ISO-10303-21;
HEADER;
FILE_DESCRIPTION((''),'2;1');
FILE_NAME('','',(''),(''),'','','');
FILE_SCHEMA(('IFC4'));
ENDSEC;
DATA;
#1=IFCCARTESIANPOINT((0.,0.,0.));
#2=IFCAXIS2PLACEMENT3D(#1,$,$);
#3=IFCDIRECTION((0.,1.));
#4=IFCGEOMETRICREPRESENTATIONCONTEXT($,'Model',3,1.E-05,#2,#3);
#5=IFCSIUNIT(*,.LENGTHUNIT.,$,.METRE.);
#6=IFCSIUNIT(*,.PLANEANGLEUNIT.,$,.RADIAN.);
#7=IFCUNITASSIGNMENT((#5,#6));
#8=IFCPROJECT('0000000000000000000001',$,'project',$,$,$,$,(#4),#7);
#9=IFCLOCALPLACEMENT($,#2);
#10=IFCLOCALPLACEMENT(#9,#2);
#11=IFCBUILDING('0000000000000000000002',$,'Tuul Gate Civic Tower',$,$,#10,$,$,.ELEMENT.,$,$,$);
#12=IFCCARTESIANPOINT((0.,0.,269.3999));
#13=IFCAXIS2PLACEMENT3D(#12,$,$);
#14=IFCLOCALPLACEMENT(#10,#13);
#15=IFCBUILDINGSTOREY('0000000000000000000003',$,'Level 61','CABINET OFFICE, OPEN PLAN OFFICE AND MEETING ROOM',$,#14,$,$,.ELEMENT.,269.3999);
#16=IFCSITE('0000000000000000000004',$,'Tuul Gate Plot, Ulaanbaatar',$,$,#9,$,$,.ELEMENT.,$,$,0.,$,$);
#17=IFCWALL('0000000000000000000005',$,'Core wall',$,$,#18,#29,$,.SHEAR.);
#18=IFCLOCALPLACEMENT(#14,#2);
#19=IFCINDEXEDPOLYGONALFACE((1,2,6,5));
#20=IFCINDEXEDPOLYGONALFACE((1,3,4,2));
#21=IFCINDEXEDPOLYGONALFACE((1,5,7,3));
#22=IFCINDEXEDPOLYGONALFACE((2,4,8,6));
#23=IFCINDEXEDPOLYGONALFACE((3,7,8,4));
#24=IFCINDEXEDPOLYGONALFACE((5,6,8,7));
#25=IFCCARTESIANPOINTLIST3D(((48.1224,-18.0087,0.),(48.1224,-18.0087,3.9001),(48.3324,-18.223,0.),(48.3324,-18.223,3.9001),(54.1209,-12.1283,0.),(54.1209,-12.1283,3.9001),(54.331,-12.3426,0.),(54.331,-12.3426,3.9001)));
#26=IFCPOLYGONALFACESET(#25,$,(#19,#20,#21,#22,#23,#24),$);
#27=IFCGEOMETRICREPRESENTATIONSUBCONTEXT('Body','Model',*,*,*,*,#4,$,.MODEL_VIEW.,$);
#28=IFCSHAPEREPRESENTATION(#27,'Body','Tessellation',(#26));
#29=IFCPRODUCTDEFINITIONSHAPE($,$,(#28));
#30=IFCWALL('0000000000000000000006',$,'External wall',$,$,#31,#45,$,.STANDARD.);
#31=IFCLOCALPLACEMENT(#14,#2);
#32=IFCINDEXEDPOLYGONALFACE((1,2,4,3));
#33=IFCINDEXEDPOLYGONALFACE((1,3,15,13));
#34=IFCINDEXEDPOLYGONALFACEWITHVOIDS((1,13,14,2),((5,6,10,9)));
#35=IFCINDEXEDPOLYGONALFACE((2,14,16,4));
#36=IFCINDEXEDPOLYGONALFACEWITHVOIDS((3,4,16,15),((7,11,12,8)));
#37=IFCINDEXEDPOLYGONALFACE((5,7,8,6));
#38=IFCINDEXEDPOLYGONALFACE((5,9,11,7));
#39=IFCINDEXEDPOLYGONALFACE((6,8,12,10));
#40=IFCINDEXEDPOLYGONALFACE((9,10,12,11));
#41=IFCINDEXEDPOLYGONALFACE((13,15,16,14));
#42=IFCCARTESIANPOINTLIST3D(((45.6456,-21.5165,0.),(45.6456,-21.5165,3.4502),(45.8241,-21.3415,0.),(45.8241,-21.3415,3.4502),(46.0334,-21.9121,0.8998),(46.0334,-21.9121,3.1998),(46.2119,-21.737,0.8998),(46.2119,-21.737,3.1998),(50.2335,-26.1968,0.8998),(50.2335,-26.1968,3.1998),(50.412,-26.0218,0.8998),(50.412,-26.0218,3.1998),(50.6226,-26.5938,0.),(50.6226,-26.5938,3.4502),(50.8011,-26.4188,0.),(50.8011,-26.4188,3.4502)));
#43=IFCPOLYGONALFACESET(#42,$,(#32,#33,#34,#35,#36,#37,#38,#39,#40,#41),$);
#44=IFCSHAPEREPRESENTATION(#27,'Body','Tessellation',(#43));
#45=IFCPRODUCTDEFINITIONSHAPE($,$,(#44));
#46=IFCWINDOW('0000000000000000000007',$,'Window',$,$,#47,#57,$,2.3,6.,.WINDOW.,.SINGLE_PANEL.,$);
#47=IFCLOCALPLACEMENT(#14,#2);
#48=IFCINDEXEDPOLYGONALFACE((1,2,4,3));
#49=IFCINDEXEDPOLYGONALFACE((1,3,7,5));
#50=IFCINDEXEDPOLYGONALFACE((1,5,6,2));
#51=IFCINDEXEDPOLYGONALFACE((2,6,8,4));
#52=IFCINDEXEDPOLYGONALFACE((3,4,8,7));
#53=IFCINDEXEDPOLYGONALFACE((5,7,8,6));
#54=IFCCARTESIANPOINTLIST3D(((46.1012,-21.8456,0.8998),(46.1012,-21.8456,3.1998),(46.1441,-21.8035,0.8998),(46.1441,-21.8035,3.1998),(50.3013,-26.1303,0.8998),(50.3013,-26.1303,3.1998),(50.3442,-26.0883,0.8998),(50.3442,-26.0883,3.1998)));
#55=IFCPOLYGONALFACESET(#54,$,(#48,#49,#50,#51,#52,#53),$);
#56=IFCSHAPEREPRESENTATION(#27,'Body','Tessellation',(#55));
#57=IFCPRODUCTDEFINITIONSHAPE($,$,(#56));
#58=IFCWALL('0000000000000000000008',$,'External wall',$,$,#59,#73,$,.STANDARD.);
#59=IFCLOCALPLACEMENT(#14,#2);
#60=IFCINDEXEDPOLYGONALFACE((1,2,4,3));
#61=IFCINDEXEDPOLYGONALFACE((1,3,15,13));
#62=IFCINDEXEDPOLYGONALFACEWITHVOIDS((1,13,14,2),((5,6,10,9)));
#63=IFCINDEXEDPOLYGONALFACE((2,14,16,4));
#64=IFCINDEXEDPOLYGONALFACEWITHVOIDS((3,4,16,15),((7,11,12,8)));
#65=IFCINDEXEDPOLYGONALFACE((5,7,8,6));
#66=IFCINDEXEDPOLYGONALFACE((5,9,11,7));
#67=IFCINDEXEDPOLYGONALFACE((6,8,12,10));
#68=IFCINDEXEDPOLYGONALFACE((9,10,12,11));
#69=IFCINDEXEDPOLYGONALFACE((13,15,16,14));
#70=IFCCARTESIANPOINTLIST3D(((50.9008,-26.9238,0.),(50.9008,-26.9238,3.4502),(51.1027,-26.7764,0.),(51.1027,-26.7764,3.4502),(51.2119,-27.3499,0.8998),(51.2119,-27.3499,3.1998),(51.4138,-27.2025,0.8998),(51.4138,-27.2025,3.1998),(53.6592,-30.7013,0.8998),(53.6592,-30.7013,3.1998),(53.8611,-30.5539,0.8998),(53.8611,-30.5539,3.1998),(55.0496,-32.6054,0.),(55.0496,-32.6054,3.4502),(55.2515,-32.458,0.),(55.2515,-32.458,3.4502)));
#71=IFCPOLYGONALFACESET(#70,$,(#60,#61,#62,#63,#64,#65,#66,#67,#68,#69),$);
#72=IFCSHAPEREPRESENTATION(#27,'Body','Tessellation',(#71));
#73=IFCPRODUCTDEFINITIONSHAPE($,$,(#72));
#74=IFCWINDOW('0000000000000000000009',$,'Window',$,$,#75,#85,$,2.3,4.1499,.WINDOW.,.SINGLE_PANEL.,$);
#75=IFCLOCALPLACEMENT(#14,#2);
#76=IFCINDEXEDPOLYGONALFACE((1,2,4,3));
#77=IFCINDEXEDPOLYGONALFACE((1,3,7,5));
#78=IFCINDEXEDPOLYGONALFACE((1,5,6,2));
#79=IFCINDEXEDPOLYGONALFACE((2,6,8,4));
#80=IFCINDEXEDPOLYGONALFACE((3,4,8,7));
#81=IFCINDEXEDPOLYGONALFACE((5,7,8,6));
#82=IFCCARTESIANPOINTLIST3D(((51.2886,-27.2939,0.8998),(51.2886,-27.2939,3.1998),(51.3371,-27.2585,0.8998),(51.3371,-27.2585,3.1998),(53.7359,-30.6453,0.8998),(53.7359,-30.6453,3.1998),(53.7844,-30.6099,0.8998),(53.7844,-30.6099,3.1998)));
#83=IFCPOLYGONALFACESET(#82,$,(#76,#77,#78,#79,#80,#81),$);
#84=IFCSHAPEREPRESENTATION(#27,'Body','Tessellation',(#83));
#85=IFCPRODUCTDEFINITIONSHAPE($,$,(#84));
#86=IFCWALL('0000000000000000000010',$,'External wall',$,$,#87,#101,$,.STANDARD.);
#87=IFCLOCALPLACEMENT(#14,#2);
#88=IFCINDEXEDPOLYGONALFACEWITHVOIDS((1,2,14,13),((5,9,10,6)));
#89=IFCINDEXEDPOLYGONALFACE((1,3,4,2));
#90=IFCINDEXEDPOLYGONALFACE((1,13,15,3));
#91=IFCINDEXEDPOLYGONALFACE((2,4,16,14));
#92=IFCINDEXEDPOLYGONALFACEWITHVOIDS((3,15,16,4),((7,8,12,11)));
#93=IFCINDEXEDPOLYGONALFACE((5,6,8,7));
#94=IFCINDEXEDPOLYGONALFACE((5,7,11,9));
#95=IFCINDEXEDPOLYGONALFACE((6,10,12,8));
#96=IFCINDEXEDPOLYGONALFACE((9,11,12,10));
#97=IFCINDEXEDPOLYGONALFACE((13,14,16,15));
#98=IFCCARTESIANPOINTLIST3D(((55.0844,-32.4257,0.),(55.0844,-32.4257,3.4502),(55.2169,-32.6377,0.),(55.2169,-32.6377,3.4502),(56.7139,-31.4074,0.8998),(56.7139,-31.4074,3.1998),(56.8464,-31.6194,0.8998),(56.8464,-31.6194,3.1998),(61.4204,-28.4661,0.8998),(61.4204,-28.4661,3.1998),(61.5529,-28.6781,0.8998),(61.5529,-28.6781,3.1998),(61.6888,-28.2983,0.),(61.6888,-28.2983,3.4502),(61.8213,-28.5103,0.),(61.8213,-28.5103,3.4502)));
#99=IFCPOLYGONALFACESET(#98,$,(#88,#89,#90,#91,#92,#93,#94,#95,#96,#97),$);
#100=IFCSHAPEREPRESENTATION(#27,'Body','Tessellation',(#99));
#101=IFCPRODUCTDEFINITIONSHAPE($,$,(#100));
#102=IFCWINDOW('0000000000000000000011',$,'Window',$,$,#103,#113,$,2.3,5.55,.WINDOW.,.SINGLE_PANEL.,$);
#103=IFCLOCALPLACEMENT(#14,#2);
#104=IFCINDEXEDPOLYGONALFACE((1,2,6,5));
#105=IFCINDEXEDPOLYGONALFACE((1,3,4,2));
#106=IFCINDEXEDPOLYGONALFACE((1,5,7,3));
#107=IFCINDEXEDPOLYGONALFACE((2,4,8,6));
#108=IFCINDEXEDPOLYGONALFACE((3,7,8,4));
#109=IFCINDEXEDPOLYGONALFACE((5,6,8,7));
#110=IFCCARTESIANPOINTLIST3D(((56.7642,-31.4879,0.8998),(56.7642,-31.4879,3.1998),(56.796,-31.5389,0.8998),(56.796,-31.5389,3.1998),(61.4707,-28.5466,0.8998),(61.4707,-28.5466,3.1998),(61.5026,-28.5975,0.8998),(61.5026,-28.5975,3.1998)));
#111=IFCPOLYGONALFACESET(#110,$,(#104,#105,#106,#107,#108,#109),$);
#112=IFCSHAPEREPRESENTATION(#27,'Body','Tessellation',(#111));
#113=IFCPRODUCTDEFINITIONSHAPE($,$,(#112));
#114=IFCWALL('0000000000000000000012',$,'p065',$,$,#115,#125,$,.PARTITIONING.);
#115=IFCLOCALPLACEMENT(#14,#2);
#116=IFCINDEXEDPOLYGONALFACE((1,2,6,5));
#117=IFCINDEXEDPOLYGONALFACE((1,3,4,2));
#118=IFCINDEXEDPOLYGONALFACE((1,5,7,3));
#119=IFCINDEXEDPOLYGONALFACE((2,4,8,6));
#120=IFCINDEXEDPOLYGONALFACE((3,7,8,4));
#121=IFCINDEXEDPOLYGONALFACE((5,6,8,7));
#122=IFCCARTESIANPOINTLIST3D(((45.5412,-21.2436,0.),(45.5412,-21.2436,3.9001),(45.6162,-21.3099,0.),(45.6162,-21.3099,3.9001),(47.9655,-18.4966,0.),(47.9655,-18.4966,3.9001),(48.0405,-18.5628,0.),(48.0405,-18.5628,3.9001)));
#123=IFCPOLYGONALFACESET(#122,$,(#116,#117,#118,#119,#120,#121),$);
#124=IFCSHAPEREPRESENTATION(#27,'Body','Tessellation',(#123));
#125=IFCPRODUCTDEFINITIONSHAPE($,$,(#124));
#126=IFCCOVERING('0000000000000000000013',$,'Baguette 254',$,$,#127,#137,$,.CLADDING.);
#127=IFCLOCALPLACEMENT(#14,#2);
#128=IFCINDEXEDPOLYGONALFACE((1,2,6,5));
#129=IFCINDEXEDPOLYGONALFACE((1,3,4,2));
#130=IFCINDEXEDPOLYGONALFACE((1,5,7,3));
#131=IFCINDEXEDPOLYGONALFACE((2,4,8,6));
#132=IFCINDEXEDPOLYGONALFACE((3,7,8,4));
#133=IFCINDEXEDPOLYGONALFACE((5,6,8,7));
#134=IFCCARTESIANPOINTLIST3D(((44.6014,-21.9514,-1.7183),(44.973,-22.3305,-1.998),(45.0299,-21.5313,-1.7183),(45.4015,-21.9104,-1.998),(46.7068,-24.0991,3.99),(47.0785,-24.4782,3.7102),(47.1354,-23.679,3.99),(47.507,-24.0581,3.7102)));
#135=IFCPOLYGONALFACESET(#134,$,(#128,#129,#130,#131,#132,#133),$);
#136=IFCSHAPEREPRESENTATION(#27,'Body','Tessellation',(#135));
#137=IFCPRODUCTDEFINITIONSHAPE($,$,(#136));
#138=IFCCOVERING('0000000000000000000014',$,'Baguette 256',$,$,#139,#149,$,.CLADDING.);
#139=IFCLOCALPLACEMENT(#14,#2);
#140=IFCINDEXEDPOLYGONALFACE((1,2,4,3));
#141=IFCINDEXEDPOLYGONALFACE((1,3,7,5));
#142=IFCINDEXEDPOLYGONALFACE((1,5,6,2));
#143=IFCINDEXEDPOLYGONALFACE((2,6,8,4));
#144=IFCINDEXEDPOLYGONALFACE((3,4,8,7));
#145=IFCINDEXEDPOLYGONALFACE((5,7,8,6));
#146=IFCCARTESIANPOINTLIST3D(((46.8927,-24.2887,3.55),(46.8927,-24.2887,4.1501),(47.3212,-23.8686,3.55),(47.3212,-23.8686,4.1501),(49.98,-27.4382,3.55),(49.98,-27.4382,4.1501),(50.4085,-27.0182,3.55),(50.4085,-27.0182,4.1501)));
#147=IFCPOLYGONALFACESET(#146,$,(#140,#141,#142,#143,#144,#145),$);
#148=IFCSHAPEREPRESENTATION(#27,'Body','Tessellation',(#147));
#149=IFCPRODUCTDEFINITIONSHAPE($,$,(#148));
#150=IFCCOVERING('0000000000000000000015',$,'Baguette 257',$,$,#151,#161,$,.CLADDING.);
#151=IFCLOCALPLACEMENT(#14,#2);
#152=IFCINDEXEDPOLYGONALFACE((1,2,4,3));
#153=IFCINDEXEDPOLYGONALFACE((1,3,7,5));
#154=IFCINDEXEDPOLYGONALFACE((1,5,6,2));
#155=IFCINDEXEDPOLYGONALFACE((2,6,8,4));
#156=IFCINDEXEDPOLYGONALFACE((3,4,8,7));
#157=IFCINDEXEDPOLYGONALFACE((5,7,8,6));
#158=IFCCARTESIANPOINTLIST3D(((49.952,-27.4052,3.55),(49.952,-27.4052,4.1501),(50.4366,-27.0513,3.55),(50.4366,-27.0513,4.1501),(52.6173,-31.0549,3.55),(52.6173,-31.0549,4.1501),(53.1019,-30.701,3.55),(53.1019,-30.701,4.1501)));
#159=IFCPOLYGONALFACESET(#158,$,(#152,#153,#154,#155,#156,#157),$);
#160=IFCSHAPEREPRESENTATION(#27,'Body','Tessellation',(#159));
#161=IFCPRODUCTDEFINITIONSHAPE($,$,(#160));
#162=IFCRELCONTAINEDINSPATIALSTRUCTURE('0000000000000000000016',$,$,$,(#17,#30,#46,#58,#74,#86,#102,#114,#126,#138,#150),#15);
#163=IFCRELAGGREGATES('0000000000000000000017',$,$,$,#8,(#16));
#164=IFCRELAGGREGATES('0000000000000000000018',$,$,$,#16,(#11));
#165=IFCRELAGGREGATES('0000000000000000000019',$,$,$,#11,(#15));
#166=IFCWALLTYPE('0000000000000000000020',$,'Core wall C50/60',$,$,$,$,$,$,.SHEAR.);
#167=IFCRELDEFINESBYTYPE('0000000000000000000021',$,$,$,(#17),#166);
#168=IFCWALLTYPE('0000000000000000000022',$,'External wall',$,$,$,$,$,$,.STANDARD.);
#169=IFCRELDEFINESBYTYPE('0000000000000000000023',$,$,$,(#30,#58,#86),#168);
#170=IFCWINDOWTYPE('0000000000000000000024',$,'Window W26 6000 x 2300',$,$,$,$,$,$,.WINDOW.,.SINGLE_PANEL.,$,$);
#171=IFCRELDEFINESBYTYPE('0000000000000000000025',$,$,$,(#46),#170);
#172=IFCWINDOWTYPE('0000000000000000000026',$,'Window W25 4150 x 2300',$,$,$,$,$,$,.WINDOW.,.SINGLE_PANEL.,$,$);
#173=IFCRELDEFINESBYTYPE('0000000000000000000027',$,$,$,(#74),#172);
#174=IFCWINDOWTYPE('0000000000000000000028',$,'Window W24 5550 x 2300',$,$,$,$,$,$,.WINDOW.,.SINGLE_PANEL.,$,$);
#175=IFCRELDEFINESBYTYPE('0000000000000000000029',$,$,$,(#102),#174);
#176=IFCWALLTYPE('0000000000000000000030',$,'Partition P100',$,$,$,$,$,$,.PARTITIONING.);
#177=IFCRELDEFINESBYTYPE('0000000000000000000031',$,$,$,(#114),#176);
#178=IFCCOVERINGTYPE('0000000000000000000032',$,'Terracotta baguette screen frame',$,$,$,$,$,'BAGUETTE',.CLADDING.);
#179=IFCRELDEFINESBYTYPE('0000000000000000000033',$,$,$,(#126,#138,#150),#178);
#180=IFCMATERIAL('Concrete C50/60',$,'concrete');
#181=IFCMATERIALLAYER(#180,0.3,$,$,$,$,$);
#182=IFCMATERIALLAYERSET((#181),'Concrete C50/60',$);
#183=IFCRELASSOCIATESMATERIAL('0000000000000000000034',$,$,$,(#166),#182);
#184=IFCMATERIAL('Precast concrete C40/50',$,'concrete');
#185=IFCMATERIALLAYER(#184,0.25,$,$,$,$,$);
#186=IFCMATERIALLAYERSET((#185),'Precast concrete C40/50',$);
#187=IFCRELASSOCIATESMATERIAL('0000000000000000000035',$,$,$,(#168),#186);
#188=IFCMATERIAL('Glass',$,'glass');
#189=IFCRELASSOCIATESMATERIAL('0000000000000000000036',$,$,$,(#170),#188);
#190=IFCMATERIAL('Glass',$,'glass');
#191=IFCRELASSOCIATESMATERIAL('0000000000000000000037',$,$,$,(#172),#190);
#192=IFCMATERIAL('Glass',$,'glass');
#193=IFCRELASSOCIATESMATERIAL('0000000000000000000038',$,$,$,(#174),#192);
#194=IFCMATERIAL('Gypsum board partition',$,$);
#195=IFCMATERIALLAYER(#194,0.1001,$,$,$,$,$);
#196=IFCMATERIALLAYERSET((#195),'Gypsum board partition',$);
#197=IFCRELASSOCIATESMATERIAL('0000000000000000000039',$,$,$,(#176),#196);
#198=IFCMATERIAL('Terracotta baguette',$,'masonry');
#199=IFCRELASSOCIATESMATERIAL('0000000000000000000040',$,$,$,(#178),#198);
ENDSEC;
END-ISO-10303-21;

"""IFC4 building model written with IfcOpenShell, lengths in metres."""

from ifc_helpers import new_model, si_unit, direction, frame, frame_2d, origin, origin_2d, place, context, subcontext, project, spatial, rectangle, extrude, material, layer, layer_set, material_profile, profile_set, type_object, element, fill, save


model = new_model("IFC4")

# Units and contexts
model_context = context("Model", 3, precision=1e-05, world=origin(), true_north=direction((0.0, 1.0)))
body_context = subcontext(model_context, "Body", "Model", "MODEL_VIEW")
ifc_project = project(units=[si_unit("LENGTHUNIT", "METRE"), si_unit("PLANEANGLEUNIT", "RADIAN")], contexts=[model_context])

# Site, building, storey
site_placement = place(None, origin())
site = spatial("IfcSite", under=ifc_project, at=site_placement, Name="Tuul Gate Plot, Ulaanbaatar", CompositionType="ELEMENT", RefElevation=0.0)
building_placement = place(site_placement, origin())
building = spatial("IfcBuilding", under=site, at=building_placement, Name="Tuul Gate Civic Tower", CompositionType="ELEMENT")
storey_placement = place(building_placement, frame((0.0, 0.0, 269.3999)))
storey = spatial("IfcBuildingStorey", under=building, at=storey_placement, Name="Level 61", Description="CABINET OFFICE, OPEN PLAN OFFICE AND MEETING ROOM", CompositionType="ELEMENT", Elevation=269.3999)

# Shared definitions
ifc_material_1 = material(Name="Concrete C50/60", Category="concrete")
ifc_layer_1 = layer(ifc_material_1, 0.3)
ifc_layer_set_1 = layer_set([ifc_layer_1], Name="Concrete C50/60")
wall_type_1 = type_object("IfcWallType", Name="Core wall C50/60", PredefinedType="SHEAR", material=ifc_layer_set_1)

# Wall
wall_1_placement = place(storey_placement, frame((48.2273, -18.116, 0.0), z_axis=(0.0, 0.0, 1.0), x_axis=(0.714105, 0.700038, 0.0)))
element("IfcWall", 1, at=wall_1_placement, inside=storey, type_object=wall_type_1, Name="Core wall", PredefinedType="SHEAR", context=body_context, shape_type="SweptSolid", body=[
    extrude(rectangle(XDim=8.4001, YDim=0.3, at=frame_2d((4.2002, 0.0))), origin(), (0.0, 0.0, 1.0), 3.9001),
])

# Walls, openings, windows
ifc_material_2 = material(Name="Precast concrete C40/50", Category="concrete")
ifc_layer_2 = layer(ifc_material_2, 0.25)
ifc_layer_set_2 = layer_set([ifc_layer_2], Name="Precast concrete C40/50")
wall_type_2 = type_object("IfcWallType", Name="External wall", PredefinedType="STANDARD", material=ifc_layer_set_2)
wall_2_placement = place(storey_placement, frame((45.7349, -21.429, 0.0), z_axis=(0.0, 0.0, 1.0), x_axis=(0.700015, -0.714128, 0.0)))
wall_2 = element("IfcWall", 2, at=wall_2_placement, inside=storey, type_object=wall_type_2, Name="External wall", PredefinedType="STANDARD", context=body_context, shape_type="SweptSolid", body=[
    extrude(rectangle(XDim=7.1099, YDim=0.25, at=frame_2d((3.5549, 0.0))), origin(), (0.0, 0.0, 1.0), 3.4502),
])
opening_1_placement = place(wall_2_placement, frame((0.554, 0.0, 0.8999)))
opening_1 = element("IfcOpeningElement", 3, at=opening_1_placement, cuts=wall_2, PredefinedType="OPENING", context=body_context, shape_type="SweptSolid", body=[
    extrude(rectangle(XDim=6.0, YDim=2.3, at=frame_2d((3.0, 1.1499))), frame((0.0, 0.135, 0.0), z_axis=(0.0, -1.0, 0.0), x_axis=(1.0, 0.0, 0.0)), (0.0, 0.0, 1.0), 0.27),
])
ifc_material_3 = material(Name="Glass", Category="glass")
window_type_1 = type_object("IfcWindowType", Name="Window W26 6000 x 2300", PartitioningType="SINGLE_PANEL", PredefinedType="WINDOW", material=ifc_material_3)
window_1_placement = place(opening_1_placement, origin())
window_1 = element("IfcWindow", 4, at=window_1_placement, inside=storey, type_object=window_type_1, Name="Window", OverallHeight=2.3, OverallWidth=6.0, PartitioningType="SINGLE_PANEL", PredefinedType="WINDOW", context=body_context, shape_type="SweptSolid", body=[
    extrude(rectangle(XDim=6.0, YDim=2.3, at=frame_2d((3.0, 1.1499))), frame((0.0, 0.03, 0.0), z_axis=(0.0, -1.0, 0.0), x_axis=(1.0, 0.0, 0.0)), (0.0, 0.0, 1.0), 0.0601),
])
fill(opening_1, window_1)
wall_3_placement = place(storey_placement, frame((51.0017, -26.8501, 0.0), z_axis=(0.0, 0.0, 1.0), x_axis=(0.589735, -0.807597, 0.0)))
wall_3 = element("IfcWall", 5, at=wall_3_placement, inside=storey, type_object=wall_type_2, Name="External wall", PredefinedType="STANDARD", context=body_context, shape_type="SweptSolid", body=[
    extrude(rectangle(XDim=7.0352, YDim=0.25, at=frame_2d((3.5176, 0.0))), origin(), (0.0, 0.0, 1.0), 3.4502),
])
opening_2_placement = place(wall_3_placement, frame((0.5276, 0.0, 0.8999)))
opening_2 = element("IfcOpeningElement", 6, at=opening_2_placement, cuts=wall_3, PredefinedType="OPENING", context=body_context, shape_type="SweptSolid", body=[
    extrude(rectangle(XDim=4.1499, YDim=2.3, at=frame_2d((2.075, 1.1499))), frame((0.0, 0.135, 0.0), z_axis=(0.0, -1.0, 0.0), x_axis=(1.0, 0.0, 0.0)), (0.0, 0.0, 1.0), 0.27),
])
ifc_material_4 = material(Name="Glass", Category="glass")
window_type_2 = type_object("IfcWindowType", Name="Window W25 4150 x 2300", PartitioningType="SINGLE_PANEL", PredefinedType="WINDOW", material=ifc_material_4)
window_2_placement = place(opening_2_placement, origin())
window_2 = element("IfcWindow", 7, at=window_2_placement, inside=storey, type_object=window_type_2, Name="Window", OverallHeight=2.3, OverallWidth=4.1499, PartitioningType="SINGLE_PANEL", PredefinedType="WINDOW", context=body_context, shape_type="SweptSolid", body=[
    extrude(rectangle(XDim=4.1499, YDim=2.3, at=frame_2d((2.075, 1.1499))), frame((0.0, 0.03, 0.0), z_axis=(0.0, -1.0, 0.0), x_axis=(1.0, 0.0, 0.0)), (0.0, 0.0, 1.0), 0.0601),
])
fill(opening_2, window_2)
wall_4_placement = place(storey_placement, frame((55.1506, -32.5317, 0.0), z_axis=(0.0, 0.0, 1.0), x_axis=(0.848019, 0.529965, 0.0)))
wall_4 = element("IfcWall", 8, at=wall_4_placement, inside=storey, type_object=wall_type_2, Name="External wall", PredefinedType="STANDARD", context=body_context, shape_type="SweptSolid", body=[
    extrude(rectangle(XDim=7.7881, YDim=0.25, at=frame_2d((3.894, 0.0))), origin(), (0.0, 0.0, 1.0), 3.4502),
])
opening_3_placement = place(wall_4_placement, frame((1.9216, 0.0, 0.8999)))
opening_3 = element("IfcOpeningElement", 9, at=opening_3_placement, cuts=wall_4, PredefinedType="OPENING", context=body_context, shape_type="SweptSolid", body=[
    extrude(rectangle(XDim=5.55, YDim=2.3, at=frame_2d((2.7749, 1.1499))), frame((0.0, 0.135, 0.0), z_axis=(0.0, -1.0, 0.0), x_axis=(1.0, 0.0, 0.0)), (0.0, 0.0, 1.0), 0.27),
])
ifc_material_5 = material(Name="Glass", Category="glass")
window_type_3 = type_object("IfcWindowType", Name="Window W24 5550 x 2300", PartitioningType="SINGLE_PANEL", PredefinedType="WINDOW", material=ifc_material_5)
window_3_placement = place(opening_3_placement, origin())
window_3 = element("IfcWindow", 10, at=window_3_placement, inside=storey, type_object=window_type_3, Name="Window", OverallHeight=2.3, OverallWidth=5.55, PartitioningType="SINGLE_PANEL", PredefinedType="WINDOW", context=body_context, shape_type="SweptSolid", body=[
    extrude(rectangle(XDim=5.55, YDim=2.3, at=frame_2d((2.7749, 1.1499))), frame((0.0, 0.03, 0.0), z_axis=(0.0, -1.0, 0.0), x_axis=(1.0, 0.0, 0.0)), (0.0, 0.0, 1.0), 0.0601),
])
fill(opening_3, window_3)

# Wall
ifc_material_6 = material(Name="Gypsum board partition")
ifc_layer_3 = layer(ifc_material_6, 0.1001)
ifc_layer_set_3 = layer_set([ifc_layer_3], Name="Gypsum board partition")
wall_type_3 = type_object("IfcWallType", Name="Partition P100", PredefinedType="PARTITIONING", material=ifc_layer_set_3)
wall_5_placement = place(storey_placement, frame((45.5786, -21.2769, 0.0), z_axis=(0.0, 0.0, 1.0), x_axis=(0.661688, 0.74978, 0.0)))
element("IfcWall", 11, at=wall_5_placement, inside=storey, type_object=wall_type_3, Name="p065", PredefinedType="PARTITIONING", context=body_context, shape_type="SweptSolid", body=[
    extrude(rectangle(XDim=3.6638, YDim=0.1001, at=frame_2d((1.832, 0.0))), origin(), (0.0, 0.0, 1.0), 3.9001),
])

# Coverings
ifc_material_7 = material(Name="Terracotta baguette", Category="masonry")
ifc_material_profile_1 = material_profile(ifc_material_7, rectangle(XDim=0.6001, YDim=0.6001, at=origin_2d()), Name="Terracotta baguette screen frame")
ifc_profile_set_1 = profile_set([ifc_material_profile_1], Name="Terracotta baguette")
covering_type = type_object("IfcCoveringType", Name="Terracotta baguette screen frame", ElementType="BAGUETTE", PredefinedType="CLADDING", material=ifc_profile_set_1)
covering_1_placement = place(storey_placement, frame((47.1069, -24.0786, 3.8501), z_axis=(-0.326322, 0.332868, -0.88471), x_axis=(-0.714094, -0.70005, 0.0)))
element("IfcCovering", 12, at=covering_1_placement, inside=storey, type_object=covering_type, Name="Baguette 254", PredefinedType="CLADDING", context=body_context, shape_type="SweptSolid", body=[
    extrude(rectangle(XDim=0.6001, YDim=0.6001, at=origin_2d()), origin(), (0.0, 0.0, 1.0), 6.4521),
])
covering_2_placement = place(storey_placement, frame((47.1069, -24.0786, 3.8501), z_axis=(0.700014, -0.714129, 0.0), x_axis=(0.714129, 0.700014, 0.0)))
element("IfcCovering", 13, at=covering_2_placement, inside=storey, type_object=covering_type, Name="Baguette 256", PredefinedType="CLADDING", context=body_context, shape_type="SweptSolid", body=[
    extrude(rectangle(XDim=0.6001, YDim=0.6001, at=origin_2d()), origin(), (0.0, 0.0, 1.0), 4.4104),
])
covering_3_placement = place(storey_placement, frame((50.1943, -27.2283, 3.8501), z_axis=(0.589761, -0.807578, 0.0), x_axis=(0.807578, 0.589761, 0.0)))
element("IfcCovering", 14, at=covering_3_placement, inside=storey, type_object=covering_type, Name="Baguette 257", PredefinedType="CLADDING", context=body_context, shape_type="SweptSolid", body=[
    extrude(rectangle(XDim=0.6001, YDim=0.6001, at=origin_2d()), origin(), (0.0, 0.0, 1.0), 4.5193),
])

save(model, "model.ifc")
